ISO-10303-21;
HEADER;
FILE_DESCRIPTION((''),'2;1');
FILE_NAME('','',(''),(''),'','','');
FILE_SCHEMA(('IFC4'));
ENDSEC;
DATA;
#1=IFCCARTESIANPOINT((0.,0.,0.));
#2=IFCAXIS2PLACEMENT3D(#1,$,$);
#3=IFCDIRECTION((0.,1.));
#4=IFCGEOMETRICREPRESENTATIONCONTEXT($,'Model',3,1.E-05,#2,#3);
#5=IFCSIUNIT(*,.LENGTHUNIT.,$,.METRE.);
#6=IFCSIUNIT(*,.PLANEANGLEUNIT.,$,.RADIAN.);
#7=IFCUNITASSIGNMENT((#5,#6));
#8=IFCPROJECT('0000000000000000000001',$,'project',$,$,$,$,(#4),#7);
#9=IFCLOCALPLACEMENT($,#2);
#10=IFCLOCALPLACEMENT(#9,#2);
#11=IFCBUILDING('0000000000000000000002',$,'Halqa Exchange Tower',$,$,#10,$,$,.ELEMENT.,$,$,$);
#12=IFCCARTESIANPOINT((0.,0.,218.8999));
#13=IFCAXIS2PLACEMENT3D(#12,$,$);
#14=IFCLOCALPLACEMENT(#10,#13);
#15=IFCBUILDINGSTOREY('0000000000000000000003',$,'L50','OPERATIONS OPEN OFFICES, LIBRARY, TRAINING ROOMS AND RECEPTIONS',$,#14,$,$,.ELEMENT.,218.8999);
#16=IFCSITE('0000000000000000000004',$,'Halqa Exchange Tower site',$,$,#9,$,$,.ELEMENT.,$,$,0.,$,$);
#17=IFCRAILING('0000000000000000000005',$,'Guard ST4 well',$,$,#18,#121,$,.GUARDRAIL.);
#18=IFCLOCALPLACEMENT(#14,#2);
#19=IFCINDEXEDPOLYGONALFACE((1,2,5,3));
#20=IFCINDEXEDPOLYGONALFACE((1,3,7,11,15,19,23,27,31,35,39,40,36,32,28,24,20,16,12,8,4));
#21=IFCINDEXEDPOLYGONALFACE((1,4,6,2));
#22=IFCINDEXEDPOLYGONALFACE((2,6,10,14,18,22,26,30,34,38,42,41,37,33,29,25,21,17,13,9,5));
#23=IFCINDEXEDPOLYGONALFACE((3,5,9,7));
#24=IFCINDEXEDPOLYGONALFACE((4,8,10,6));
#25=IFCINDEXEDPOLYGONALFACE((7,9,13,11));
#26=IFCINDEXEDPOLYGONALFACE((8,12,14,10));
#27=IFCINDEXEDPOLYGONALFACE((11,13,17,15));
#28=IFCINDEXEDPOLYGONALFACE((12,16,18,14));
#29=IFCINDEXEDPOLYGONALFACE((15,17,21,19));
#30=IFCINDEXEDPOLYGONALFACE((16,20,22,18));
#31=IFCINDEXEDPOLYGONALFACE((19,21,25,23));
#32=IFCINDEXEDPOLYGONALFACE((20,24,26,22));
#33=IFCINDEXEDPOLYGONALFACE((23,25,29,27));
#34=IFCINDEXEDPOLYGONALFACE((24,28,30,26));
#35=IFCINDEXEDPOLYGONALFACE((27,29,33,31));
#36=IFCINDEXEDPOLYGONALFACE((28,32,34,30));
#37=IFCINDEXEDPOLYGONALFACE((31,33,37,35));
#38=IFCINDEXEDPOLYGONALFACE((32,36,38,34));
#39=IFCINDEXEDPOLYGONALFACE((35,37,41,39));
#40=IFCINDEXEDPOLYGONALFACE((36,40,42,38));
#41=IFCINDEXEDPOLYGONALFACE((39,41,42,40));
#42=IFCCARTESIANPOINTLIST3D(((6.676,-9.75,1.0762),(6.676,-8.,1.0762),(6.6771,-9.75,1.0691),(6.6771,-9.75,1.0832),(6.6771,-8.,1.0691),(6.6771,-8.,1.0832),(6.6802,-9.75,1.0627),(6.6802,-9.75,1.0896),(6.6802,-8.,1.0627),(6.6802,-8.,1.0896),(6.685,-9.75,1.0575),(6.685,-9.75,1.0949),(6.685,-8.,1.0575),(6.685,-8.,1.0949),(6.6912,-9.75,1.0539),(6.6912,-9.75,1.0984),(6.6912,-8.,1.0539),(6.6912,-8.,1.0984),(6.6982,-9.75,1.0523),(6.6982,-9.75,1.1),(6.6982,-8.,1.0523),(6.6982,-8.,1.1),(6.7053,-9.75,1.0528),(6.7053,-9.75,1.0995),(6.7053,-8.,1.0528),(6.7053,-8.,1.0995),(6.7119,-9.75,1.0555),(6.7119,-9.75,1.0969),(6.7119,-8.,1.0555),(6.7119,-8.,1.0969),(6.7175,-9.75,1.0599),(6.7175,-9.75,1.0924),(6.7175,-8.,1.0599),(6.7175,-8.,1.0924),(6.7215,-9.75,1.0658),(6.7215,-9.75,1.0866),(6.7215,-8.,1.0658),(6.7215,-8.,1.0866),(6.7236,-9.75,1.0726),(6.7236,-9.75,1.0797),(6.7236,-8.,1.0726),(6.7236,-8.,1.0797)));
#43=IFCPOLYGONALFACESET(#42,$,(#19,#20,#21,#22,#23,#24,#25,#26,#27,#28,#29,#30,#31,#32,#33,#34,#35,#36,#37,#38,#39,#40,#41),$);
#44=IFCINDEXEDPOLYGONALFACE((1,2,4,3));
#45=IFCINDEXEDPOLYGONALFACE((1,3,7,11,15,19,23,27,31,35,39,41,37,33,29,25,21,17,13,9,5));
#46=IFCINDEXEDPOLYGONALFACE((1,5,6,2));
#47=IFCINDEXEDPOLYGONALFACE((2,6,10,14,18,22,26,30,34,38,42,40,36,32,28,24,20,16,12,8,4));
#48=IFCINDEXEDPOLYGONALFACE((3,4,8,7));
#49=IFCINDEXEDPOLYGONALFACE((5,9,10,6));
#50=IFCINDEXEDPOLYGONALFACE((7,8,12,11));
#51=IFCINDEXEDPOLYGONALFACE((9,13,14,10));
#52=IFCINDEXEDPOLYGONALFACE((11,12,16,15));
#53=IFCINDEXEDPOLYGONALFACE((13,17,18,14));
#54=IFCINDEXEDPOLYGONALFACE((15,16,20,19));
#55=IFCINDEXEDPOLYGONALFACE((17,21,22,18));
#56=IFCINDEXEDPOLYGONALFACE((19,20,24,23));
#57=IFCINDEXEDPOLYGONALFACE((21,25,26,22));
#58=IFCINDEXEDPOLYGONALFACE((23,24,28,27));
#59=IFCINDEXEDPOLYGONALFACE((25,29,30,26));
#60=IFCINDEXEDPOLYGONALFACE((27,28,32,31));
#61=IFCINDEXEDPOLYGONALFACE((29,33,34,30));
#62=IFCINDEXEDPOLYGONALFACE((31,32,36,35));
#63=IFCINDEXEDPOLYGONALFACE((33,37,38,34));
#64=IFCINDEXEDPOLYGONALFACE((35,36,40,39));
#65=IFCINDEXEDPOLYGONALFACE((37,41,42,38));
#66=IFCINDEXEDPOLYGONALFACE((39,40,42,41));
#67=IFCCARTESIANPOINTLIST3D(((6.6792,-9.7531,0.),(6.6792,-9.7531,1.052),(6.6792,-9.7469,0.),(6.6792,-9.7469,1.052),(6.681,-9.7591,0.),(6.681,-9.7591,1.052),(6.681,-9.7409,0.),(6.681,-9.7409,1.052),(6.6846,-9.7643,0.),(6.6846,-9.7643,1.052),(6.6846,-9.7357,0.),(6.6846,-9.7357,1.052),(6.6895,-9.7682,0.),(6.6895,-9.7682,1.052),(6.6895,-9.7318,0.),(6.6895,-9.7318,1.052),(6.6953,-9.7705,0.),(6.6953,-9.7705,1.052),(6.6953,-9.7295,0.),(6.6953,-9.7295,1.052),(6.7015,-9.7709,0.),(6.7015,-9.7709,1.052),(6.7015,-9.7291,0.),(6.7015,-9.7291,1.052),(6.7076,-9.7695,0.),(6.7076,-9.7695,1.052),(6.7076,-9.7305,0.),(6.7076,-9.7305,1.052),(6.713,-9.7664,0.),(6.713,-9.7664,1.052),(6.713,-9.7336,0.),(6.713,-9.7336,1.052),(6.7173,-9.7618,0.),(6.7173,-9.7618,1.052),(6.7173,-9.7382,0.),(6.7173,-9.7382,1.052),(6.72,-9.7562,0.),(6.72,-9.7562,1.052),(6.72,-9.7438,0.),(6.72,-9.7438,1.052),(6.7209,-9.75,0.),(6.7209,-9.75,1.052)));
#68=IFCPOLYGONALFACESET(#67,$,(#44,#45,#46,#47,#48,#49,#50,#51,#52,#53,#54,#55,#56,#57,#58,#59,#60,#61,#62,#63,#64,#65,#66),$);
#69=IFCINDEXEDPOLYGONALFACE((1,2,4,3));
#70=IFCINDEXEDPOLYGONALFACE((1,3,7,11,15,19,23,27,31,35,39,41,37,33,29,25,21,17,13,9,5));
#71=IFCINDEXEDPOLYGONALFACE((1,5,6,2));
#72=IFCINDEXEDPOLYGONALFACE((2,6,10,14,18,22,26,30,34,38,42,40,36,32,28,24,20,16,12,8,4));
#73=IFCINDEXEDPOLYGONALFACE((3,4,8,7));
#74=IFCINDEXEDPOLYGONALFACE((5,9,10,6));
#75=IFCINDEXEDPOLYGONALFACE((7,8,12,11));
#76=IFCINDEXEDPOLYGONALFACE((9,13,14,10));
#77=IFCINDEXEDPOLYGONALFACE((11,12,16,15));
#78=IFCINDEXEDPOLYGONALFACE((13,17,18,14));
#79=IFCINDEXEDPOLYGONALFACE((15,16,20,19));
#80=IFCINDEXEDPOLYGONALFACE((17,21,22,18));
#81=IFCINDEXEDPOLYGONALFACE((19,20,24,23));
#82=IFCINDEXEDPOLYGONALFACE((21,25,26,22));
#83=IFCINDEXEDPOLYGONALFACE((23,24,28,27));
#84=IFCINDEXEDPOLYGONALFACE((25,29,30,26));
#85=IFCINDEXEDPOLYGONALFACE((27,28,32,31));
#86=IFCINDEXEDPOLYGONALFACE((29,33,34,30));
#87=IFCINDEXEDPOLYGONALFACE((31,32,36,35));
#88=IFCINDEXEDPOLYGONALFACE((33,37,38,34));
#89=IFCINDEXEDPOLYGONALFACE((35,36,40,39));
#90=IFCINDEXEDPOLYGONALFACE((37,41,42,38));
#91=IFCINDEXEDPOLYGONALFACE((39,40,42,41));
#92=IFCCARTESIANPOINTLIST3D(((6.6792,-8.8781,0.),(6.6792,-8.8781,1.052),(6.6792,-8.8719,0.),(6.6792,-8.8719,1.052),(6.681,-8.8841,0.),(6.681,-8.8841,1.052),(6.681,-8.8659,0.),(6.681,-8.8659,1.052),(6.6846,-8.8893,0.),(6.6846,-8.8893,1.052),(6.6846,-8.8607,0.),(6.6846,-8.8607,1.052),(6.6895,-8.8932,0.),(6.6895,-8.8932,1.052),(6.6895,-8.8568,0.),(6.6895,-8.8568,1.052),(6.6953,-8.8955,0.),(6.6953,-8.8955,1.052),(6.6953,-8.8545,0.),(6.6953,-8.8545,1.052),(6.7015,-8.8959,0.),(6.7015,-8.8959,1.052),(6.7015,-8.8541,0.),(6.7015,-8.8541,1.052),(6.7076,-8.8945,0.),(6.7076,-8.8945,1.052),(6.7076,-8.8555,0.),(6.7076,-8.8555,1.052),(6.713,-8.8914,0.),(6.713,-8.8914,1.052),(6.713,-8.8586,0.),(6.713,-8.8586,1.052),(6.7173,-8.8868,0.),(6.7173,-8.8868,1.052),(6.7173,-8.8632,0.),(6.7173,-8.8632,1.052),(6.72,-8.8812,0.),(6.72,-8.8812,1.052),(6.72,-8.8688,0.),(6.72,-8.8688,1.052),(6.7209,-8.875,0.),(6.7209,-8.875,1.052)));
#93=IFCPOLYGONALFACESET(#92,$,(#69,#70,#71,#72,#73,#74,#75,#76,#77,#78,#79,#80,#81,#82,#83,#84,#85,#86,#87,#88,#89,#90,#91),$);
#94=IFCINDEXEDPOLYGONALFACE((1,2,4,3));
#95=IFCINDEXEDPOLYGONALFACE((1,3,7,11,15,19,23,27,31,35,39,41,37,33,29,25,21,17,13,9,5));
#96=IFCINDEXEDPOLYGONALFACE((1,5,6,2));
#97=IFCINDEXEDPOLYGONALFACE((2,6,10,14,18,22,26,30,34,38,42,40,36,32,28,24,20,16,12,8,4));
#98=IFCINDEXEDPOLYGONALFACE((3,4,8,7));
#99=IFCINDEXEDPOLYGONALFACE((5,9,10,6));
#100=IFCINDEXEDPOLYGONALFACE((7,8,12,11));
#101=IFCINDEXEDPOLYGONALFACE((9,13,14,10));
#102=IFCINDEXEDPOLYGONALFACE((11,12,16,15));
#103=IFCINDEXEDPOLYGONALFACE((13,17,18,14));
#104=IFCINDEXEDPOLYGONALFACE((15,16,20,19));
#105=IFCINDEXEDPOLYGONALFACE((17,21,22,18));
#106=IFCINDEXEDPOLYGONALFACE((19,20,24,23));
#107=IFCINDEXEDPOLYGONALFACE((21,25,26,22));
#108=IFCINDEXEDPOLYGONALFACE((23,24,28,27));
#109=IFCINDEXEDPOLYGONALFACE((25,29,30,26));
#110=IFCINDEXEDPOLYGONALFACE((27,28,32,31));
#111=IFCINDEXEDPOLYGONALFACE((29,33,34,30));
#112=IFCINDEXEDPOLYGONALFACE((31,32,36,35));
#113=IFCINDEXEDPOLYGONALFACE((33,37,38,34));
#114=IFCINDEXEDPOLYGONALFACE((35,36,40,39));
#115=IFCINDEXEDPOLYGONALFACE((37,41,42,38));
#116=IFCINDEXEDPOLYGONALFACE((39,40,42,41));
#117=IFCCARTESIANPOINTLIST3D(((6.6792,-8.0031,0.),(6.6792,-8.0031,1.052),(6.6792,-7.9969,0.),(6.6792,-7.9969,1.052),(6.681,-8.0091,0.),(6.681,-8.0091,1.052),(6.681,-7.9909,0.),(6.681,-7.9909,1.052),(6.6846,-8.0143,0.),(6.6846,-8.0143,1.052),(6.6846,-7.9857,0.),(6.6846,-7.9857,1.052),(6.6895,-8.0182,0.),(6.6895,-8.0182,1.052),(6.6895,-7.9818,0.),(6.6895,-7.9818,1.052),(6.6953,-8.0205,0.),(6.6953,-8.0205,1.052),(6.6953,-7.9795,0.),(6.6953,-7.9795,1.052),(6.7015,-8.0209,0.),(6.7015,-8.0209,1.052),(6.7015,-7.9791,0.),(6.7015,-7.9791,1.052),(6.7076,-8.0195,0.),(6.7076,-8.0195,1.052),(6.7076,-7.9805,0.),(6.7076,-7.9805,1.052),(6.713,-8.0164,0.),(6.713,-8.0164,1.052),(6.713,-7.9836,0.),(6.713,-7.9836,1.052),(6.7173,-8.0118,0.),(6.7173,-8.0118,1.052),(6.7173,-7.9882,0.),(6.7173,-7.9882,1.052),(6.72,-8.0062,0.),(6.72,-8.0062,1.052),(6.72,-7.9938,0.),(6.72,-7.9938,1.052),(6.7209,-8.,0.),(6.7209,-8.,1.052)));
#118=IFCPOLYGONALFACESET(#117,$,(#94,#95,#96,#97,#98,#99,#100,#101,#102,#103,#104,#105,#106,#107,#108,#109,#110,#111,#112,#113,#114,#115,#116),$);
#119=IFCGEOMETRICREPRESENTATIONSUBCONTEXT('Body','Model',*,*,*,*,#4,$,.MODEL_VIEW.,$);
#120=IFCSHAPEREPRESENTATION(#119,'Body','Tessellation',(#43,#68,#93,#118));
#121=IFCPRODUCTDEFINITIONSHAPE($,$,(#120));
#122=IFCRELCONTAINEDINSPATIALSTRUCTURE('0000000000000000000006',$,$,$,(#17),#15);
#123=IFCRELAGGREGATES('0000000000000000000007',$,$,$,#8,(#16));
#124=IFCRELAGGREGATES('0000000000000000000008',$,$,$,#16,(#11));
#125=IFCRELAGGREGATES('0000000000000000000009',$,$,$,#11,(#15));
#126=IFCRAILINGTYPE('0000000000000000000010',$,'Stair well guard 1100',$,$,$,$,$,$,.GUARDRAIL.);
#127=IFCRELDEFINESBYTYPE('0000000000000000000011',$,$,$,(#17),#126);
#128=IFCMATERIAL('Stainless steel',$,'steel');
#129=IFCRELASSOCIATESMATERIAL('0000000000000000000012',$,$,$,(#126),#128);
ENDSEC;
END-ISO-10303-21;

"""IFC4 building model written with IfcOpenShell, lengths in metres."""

from ifc_helpers import new_model, si_unit, direction, frame, origin, origin_2d, place, context, subcontext, project, spatial, circle, extrude, material, type_object, element, save


model = new_model("IFC4")

# Units and contexts
model_context = context("Model", 3, precision=1e-05, world=origin(), true_north=direction((0.0, 1.0)))
body_context = subcontext(model_context, "Body", "Model", "MODEL_VIEW")
ifc_project = project(units=[si_unit("LENGTHUNIT", "METRE"), si_unit("PLANEANGLEUNIT", "RADIAN")], contexts=[model_context])

# Site, building, storey
site_placement = place(None, origin())
site = spatial("IfcSite", under=ifc_project, at=site_placement, Name="Halqa Exchange Tower site", CompositionType="ELEMENT", RefElevation=0.0)
building_placement = place(site_placement, origin())
building = spatial("IfcBuilding", under=site, at=building_placement, Name="Halqa Exchange Tower", CompositionType="ELEMENT")
storey_placement = place(building_placement, frame((0.0, 0.0, 218.8999)))
storey = spatial("IfcBuildingStorey", under=building, at=storey_placement, Name="L50", Description="OPERATIONS OPEN OFFICES, LIBRARY, TRAINING ROOMS AND RECEPTIONS", CompositionType="ELEMENT", Elevation=218.8999)

# Railing
ifc_material_1 = material(Name="Stainless steel", Category="steel")
railing_type_1 = type_object("IfcRailingType", Name="Stair well guard 1100", PredefinedType="GUARDRAIL", material=ifc_material_1)
railing_1_placement = place(storey_placement, frame((6.7, -9.75, 0.0)))
element("IfcRailing", 1, at=railing_1_placement, inside=storey, type_object=railing_type_1, Name="Guard ST4 well", PredefinedType="GUARDRAIL", context=body_context, shape_type="SweptSolid", body=[
    extrude(circle(Radius=0.0239, at=origin_2d()), frame((0.0, 0.0, 1.0762), z_axis=(0.0, 1.0, 0.0), x_axis=(-1.0, 0.0, 0.0)), (0.0, 0.0, 1.0), 1.75),
    extrude(circle(Radius=0.021, at=origin_2d()), origin(), (0.0, 0.0, 1.0), 1.052),
    extrude(circle(Radius=0.021, at=origin_2d()), frame((0.0, 0.875, 0.0)), (0.0, 0.0, 1.0), 1.052),
    extrude(circle(Radius=0.021, at=origin_2d()), frame((0.0, 1.75, 0.0)), (0.0, 0.0, 1.0), 1.052),
])

save(model, "model.ifc")
